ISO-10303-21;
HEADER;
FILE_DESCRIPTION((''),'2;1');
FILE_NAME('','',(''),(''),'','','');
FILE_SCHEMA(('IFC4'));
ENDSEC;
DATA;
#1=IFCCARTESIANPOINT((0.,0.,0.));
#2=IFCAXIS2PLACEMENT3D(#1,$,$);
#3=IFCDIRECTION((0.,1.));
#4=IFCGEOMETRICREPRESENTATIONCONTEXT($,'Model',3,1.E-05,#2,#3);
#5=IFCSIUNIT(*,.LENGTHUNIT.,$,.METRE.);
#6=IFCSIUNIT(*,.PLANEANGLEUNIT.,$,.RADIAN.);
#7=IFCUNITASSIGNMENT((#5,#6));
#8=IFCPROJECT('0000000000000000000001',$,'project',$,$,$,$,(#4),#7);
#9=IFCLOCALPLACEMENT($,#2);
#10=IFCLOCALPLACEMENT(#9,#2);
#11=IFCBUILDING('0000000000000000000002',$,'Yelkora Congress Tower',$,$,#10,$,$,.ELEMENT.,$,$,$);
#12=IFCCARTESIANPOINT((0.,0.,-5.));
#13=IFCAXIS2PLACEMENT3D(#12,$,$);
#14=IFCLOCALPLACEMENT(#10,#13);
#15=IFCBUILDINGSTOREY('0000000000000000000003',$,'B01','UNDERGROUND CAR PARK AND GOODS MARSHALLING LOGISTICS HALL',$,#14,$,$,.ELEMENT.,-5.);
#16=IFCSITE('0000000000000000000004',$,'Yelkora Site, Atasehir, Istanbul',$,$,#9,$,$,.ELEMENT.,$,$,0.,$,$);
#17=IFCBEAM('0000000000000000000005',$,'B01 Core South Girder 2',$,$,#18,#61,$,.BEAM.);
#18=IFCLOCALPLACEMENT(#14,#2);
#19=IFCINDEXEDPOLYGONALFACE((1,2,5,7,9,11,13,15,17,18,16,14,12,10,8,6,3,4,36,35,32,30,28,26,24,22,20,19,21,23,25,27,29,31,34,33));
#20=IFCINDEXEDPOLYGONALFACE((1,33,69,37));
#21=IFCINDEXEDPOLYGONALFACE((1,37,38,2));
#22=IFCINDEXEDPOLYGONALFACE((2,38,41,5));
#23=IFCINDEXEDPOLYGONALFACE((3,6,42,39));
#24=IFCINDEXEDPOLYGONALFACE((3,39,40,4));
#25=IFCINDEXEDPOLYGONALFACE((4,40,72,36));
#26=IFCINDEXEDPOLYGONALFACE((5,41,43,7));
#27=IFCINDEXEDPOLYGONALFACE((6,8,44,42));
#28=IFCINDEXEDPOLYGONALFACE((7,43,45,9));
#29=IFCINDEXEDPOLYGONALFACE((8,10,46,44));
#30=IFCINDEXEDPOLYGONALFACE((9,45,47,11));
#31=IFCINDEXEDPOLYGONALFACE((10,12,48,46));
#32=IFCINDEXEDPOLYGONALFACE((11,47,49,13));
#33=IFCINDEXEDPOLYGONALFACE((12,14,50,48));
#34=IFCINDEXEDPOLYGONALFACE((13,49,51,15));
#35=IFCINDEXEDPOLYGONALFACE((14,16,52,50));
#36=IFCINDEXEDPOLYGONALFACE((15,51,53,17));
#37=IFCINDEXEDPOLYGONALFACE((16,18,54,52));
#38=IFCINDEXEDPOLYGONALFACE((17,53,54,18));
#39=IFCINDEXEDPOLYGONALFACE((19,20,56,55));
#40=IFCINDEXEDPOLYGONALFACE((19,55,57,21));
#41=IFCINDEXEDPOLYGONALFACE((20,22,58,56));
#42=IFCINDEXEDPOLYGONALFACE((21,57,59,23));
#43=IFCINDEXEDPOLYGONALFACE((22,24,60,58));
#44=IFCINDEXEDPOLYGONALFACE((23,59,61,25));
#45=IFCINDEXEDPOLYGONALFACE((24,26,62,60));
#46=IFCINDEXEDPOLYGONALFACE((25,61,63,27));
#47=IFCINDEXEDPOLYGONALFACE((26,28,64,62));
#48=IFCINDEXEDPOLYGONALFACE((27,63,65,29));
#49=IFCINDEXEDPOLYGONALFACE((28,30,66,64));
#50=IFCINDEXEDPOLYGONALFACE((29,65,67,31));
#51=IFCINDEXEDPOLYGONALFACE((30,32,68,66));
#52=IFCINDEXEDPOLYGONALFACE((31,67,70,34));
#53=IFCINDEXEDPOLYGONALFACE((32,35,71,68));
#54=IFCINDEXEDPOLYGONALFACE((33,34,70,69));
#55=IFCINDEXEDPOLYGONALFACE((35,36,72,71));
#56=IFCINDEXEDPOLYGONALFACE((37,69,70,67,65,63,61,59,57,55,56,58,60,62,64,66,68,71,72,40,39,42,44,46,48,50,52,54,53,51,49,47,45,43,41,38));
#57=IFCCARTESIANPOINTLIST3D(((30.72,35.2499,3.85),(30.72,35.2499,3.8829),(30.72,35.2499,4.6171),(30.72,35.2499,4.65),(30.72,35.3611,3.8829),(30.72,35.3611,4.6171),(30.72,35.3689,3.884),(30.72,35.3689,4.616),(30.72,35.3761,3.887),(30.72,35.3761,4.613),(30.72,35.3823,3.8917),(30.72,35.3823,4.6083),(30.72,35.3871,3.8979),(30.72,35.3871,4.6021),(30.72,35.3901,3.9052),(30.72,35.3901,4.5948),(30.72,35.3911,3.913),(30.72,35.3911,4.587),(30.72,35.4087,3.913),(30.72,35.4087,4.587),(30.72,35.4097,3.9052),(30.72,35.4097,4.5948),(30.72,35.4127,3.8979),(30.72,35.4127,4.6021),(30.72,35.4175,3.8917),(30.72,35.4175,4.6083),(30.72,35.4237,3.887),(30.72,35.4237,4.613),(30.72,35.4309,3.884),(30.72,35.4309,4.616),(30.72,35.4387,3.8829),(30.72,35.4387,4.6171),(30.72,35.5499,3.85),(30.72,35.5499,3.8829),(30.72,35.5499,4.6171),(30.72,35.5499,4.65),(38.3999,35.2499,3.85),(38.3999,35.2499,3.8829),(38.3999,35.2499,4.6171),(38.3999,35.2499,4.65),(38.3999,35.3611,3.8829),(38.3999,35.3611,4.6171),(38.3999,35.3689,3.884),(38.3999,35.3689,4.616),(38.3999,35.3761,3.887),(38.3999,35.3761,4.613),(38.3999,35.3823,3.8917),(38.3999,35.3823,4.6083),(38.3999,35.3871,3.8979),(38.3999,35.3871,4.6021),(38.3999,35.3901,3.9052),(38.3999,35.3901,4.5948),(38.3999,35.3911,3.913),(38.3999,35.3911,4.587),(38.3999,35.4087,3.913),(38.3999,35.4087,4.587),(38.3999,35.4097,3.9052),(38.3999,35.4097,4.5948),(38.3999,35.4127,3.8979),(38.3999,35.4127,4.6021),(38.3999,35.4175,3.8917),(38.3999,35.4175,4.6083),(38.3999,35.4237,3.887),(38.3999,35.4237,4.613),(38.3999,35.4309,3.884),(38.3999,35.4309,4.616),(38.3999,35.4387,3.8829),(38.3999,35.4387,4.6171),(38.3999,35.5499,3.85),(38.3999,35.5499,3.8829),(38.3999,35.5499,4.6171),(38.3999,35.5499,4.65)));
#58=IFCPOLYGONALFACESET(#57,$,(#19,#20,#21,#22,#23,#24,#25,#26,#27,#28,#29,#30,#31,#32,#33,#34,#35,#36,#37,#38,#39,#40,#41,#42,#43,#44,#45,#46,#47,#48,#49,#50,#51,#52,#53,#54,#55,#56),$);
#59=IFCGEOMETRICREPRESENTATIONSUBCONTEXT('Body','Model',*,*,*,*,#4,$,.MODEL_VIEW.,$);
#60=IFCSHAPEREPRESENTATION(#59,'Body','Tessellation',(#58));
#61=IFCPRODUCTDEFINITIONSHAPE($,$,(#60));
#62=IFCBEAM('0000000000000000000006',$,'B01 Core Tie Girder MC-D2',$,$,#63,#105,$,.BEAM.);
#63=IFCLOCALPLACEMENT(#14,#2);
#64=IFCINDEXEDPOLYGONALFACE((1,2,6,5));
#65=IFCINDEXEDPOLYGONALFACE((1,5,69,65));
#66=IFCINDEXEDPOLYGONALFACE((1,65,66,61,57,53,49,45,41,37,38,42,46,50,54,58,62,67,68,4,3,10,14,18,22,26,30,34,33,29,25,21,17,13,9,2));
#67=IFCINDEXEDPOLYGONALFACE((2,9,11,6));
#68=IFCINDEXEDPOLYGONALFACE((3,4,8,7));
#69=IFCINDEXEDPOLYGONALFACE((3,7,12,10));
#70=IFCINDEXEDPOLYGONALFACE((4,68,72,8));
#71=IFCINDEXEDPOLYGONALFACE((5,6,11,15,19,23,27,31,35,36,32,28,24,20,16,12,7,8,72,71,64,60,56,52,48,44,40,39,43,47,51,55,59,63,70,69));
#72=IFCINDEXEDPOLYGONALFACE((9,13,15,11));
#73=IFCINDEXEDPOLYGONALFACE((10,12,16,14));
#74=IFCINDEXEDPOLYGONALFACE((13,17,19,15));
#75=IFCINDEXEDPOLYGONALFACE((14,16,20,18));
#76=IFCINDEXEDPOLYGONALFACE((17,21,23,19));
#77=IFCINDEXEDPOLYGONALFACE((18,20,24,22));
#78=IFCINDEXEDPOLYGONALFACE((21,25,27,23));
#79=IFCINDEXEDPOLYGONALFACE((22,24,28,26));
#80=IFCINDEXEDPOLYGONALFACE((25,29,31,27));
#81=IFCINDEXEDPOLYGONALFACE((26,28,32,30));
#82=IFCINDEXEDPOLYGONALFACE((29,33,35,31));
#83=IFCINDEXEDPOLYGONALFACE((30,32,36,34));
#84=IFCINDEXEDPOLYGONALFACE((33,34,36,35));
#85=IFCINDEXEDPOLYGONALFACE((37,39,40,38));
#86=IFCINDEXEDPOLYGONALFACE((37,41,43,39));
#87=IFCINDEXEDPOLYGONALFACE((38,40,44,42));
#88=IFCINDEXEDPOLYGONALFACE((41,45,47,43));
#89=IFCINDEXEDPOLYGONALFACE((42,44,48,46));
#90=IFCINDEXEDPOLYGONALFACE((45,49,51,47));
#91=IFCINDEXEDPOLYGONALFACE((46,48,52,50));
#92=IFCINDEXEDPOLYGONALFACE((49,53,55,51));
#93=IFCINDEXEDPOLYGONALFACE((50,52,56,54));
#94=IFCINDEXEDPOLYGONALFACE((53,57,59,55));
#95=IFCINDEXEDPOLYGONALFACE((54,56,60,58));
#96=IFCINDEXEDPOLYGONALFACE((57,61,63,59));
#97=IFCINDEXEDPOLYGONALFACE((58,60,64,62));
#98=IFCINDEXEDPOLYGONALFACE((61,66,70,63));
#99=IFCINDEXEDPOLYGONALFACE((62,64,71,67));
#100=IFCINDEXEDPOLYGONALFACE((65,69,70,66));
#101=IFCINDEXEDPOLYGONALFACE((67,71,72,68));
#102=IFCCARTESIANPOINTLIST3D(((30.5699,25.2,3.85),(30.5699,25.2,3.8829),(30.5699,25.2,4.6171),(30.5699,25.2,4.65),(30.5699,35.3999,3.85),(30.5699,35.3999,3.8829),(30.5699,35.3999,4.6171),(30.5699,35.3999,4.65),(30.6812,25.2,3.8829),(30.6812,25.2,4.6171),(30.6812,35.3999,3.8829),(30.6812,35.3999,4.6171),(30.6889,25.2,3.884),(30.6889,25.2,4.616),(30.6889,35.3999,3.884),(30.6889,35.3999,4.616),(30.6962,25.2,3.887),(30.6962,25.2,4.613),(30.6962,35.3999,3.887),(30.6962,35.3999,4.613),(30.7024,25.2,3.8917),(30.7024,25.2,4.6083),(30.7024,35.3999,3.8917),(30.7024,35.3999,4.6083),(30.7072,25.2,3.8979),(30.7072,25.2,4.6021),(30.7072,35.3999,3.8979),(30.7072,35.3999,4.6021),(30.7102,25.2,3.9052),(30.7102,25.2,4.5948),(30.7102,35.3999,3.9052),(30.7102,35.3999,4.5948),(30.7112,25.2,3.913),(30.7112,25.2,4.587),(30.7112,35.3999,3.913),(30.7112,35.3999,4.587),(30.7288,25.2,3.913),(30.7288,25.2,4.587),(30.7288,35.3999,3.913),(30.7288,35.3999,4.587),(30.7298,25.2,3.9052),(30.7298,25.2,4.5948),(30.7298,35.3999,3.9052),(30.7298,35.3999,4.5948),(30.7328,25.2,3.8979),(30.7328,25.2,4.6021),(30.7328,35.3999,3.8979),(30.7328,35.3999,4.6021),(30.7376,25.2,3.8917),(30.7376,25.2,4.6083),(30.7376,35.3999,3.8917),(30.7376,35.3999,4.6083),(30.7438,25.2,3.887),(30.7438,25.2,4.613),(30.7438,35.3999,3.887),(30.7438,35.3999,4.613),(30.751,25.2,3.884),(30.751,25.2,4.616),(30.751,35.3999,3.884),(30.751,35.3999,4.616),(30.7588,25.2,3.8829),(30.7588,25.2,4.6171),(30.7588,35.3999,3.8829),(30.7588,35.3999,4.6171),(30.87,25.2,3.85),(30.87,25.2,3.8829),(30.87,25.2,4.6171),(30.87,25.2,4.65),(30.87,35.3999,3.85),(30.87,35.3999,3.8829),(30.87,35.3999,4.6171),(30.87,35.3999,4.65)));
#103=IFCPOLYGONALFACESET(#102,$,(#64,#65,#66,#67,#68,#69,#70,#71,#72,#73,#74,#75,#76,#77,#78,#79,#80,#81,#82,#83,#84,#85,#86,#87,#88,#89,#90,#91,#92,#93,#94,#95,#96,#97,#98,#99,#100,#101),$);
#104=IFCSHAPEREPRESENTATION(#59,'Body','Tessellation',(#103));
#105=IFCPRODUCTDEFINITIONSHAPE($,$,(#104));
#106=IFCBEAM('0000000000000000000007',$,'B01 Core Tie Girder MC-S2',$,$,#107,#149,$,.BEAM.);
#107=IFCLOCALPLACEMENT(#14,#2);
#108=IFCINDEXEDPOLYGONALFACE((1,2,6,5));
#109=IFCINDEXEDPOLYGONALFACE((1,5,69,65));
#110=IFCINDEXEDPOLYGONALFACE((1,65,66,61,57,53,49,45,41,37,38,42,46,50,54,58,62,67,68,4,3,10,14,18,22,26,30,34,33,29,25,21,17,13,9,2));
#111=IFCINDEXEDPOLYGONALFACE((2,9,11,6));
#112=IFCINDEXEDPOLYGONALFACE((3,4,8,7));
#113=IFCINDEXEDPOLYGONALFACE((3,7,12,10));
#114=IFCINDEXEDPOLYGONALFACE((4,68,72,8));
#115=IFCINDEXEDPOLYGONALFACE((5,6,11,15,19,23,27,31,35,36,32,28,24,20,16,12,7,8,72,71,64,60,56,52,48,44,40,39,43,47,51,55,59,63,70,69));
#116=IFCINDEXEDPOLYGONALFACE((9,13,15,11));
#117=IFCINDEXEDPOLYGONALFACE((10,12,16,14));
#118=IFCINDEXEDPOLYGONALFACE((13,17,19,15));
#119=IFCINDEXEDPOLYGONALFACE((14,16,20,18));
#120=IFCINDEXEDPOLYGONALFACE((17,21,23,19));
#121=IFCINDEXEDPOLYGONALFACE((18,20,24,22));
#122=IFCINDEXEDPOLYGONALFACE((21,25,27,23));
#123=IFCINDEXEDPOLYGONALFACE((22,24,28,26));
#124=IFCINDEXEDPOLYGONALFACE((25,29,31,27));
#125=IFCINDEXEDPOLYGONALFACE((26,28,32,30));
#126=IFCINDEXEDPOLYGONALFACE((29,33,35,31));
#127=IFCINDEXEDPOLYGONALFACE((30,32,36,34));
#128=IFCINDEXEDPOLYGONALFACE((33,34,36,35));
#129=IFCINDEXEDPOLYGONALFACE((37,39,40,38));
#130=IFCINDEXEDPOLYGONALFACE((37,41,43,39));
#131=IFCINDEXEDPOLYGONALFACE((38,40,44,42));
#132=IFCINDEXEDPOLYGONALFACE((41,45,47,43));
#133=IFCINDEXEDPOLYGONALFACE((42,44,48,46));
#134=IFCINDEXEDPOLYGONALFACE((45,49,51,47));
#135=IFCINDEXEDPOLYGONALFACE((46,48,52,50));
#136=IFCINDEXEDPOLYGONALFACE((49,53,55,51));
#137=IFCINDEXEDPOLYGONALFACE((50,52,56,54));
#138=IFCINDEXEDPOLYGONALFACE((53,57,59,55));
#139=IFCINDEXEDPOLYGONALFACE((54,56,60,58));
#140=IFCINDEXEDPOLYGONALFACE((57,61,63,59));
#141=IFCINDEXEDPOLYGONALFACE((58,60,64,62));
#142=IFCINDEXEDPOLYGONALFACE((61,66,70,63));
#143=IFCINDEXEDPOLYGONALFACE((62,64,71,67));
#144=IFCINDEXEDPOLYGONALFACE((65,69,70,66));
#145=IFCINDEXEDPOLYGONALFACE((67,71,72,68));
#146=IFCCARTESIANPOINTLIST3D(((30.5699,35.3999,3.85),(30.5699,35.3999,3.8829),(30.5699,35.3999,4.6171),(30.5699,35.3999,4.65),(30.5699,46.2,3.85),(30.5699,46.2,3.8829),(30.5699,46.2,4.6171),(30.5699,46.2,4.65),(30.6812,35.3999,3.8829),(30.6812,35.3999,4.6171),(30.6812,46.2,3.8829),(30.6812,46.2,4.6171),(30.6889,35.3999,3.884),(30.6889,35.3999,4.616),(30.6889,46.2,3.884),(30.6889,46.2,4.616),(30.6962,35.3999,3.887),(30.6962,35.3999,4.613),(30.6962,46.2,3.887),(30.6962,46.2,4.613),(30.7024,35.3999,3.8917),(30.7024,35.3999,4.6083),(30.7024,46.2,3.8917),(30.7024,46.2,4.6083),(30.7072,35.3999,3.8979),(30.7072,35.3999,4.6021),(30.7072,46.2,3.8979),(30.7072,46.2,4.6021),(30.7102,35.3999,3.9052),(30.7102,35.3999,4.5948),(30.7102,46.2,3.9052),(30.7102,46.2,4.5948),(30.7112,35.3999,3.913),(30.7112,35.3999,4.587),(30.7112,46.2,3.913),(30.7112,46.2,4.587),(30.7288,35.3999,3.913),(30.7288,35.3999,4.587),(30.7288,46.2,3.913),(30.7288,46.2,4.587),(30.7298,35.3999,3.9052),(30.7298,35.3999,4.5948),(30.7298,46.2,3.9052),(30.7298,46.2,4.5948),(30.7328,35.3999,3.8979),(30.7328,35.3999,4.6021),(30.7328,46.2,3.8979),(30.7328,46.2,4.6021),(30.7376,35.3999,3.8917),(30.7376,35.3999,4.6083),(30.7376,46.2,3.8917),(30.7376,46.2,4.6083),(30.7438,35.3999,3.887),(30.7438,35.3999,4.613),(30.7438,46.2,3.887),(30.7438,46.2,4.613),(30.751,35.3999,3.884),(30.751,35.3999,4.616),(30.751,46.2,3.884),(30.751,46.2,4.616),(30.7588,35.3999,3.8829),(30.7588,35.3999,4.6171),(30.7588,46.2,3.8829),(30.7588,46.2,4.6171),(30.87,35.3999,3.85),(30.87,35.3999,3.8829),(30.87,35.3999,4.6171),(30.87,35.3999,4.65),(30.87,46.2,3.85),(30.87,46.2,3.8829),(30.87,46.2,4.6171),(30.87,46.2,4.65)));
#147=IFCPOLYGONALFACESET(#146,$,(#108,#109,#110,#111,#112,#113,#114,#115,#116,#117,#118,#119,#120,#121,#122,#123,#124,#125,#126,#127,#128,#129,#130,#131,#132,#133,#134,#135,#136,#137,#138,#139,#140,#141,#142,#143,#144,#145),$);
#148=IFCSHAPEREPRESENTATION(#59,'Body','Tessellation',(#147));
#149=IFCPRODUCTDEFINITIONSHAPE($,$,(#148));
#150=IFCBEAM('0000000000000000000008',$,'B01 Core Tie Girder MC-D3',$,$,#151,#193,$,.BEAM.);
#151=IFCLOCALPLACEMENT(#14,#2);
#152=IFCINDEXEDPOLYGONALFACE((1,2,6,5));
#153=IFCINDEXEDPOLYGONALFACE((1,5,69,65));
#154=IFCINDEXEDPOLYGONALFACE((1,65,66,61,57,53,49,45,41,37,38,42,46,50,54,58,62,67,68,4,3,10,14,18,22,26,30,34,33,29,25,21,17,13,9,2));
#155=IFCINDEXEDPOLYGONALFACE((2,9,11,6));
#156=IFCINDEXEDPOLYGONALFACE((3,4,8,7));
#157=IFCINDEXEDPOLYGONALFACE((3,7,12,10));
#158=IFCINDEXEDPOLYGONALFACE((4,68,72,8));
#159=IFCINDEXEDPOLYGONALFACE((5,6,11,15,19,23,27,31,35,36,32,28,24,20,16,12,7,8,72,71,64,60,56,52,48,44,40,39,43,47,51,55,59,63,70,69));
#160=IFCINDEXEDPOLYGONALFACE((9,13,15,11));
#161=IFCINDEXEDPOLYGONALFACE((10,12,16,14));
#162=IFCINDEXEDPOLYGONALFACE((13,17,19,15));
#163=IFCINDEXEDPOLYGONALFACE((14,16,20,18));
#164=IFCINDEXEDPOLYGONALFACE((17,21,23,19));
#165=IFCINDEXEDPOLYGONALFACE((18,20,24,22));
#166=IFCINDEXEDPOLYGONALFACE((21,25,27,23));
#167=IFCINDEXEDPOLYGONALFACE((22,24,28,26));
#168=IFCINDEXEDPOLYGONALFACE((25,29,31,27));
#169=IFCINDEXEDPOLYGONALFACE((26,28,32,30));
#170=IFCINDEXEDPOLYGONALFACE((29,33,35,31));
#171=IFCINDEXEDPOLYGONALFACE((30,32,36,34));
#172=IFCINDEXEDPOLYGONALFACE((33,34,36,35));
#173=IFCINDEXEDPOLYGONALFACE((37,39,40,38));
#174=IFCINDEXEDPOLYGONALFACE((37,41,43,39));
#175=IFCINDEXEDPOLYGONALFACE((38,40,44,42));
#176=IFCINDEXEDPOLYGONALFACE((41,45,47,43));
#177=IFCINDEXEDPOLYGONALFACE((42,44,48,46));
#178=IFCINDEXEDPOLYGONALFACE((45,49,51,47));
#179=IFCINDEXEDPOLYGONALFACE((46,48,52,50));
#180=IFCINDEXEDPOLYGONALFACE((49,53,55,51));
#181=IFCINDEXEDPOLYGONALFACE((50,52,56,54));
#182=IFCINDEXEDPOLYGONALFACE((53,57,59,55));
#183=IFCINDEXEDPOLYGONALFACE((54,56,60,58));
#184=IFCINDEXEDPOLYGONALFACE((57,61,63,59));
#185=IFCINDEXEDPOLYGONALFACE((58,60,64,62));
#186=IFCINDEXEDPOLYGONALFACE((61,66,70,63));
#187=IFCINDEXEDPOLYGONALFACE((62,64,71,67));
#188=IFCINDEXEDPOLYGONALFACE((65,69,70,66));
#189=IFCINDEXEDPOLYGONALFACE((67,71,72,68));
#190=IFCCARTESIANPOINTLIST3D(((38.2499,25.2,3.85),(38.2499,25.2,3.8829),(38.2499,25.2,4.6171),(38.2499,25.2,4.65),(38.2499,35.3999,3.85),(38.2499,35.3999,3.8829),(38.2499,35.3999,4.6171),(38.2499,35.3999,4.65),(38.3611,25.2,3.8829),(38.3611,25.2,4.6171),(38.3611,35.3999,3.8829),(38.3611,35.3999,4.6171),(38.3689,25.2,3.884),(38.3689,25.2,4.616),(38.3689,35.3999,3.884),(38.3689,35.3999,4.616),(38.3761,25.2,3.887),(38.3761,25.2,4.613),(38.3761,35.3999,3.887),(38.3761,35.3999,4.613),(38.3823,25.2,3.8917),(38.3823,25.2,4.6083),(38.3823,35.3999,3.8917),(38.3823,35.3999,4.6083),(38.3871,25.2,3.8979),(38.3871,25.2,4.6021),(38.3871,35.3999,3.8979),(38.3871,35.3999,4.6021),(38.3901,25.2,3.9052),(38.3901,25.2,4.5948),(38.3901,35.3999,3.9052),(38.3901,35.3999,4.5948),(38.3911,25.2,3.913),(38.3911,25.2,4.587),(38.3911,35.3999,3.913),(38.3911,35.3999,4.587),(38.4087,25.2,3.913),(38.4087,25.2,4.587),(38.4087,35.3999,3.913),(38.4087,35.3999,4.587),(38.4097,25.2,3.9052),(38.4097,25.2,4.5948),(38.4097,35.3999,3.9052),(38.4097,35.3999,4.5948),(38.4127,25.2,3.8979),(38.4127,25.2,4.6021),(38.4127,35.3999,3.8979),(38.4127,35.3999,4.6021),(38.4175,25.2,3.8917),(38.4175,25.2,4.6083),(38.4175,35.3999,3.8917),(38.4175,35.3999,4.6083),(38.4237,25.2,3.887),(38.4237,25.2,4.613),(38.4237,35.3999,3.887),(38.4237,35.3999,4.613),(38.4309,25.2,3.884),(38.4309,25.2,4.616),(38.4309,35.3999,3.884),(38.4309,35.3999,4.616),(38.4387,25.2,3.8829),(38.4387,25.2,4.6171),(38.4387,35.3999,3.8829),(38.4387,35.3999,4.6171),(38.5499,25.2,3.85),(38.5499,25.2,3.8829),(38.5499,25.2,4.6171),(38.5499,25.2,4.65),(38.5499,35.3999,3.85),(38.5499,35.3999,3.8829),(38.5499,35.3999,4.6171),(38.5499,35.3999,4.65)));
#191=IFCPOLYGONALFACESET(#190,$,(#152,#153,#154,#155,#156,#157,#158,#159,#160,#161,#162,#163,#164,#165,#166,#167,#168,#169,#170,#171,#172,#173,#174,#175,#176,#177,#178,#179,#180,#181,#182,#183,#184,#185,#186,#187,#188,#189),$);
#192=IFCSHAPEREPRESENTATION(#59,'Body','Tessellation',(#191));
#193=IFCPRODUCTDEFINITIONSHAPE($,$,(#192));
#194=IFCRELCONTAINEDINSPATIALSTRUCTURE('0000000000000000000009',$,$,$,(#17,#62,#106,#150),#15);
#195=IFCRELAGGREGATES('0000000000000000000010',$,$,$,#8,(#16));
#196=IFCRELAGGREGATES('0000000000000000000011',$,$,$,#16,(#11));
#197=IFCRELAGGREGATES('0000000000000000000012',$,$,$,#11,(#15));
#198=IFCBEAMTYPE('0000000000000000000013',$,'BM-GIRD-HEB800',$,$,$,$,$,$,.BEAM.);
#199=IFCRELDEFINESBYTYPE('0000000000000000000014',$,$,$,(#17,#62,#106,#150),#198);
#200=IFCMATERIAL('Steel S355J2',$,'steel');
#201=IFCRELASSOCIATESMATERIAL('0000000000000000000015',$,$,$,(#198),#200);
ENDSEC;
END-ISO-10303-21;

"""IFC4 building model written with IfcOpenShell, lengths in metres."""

from ifc_helpers import new_model, si_unit, direction, frame, origin, origin_2d, place, context, subcontext, project, spatial, i_section, extrude, material, material_profile, profile_set, type_object, element, save


model = new_model("IFC4")

# Units and contexts
model_context = context("Model", 3, precision=1e-05, world=origin(), true_north=direction((0.0, 1.0)))
body_context = subcontext(model_context, "Body", "Model", "MODEL_VIEW")
ifc_project = project(units=[si_unit("LENGTHUNIT", "METRE"), si_unit("PLANEANGLEUNIT", "RADIAN")], contexts=[model_context])

# Site, building, storey
site_placement = place(None, origin())
site = spatial("IfcSite", under=ifc_project, at=site_placement, Name="Yelkora Site, Atasehir, Istanbul", CompositionType="ELEMENT", RefElevation=0.0)
building_placement = place(site_placement, origin())
building = spatial("IfcBuilding", under=site, at=building_placement, Name="Yelkora Congress Tower", CompositionType="ELEMENT")
storey_placement = place(building_placement, frame((0.0, 0.0, -5.0)))
storey = spatial("IfcBuildingStorey", under=building, at=storey_placement, Name="B01", Description="UNDERGROUND CAR PARK AND GOODS MARSHALLING LOGISTICS HALL", CompositionType="ELEMENT", Elevation=-5.0)

# Beams
ifc_material_1 = material(Name="Steel S355J2", Category="steel")
ifc_material_profile_1 = material_profile(ifc_material_1, i_section(OverallWidth=0.3, OverallDepth=0.8, WebThickness=0.0176, FlangeThickness=0.033, FilletRadius=0.03, at=origin_2d()), Name="HEB 800")
ifc_profile_set_1 = profile_set([ifc_material_profile_1], Name="Steel S355J2")
beam_type_1 = type_object("IfcBeamType", Name="BM-GIRD-HEB800", PredefinedType="BEAM", material=ifc_profile_set_1)
for number, where, z_axis, x_axis, name in (
    (1, (30.72, 35.3999, 4.25), (1.0, 0.0, 0.0), (0.0, 1.0, 0.0), "B01 Core South Girder 2"),
):
    element("IfcBeam", number, at=place(storey_placement, frame(where, z_axis=z_axis, x_axis=x_axis)), inside=storey, type_object=beam_type_1, Name=name, PredefinedType="BEAM", context=body_context, shape_type="SweptSolid", body=[
        extrude(i_section(OverallWidth=0.3, OverallDepth=0.8, WebThickness=0.0176, FlangeThickness=0.033, FilletRadius=0.03, at=origin_2d()), origin(), (0.0, 0.0, 1.0), 7.6799),
    ])
beam_1_placement = place(storey_placement, frame((30.72, 25.2, 4.25), z_axis=(0.0, 1.0, 0.0), x_axis=(-1.0, 0.0, 0.0)))
element("IfcBeam", 2, at=beam_1_placement, inside=storey, type_object=beam_type_1, Name="B01 Core Tie Girder MC-D2", PredefinedType="BEAM", context=body_context, shape_type="SweptSolid", body=[
    extrude(i_section(OverallWidth=0.3, OverallDepth=0.8, WebThickness=0.0176, FlangeThickness=0.033, FilletRadius=0.03, at=origin_2d()), origin(), (0.0, 0.0, 1.0), 10.2),
])
beam_2_placement = place(storey_placement, frame((30.72, 35.3999, 4.25), z_axis=(0.0, 1.0, 0.0), x_axis=(-1.0, 0.0, 0.0)))
element("IfcBeam", 3, at=beam_2_placement, inside=storey, type_object=beam_type_1, Name="B01 Core Tie Girder MC-S2", PredefinedType="BEAM", context=body_context, shape_type="SweptSolid", body=[
    extrude(i_section(OverallWidth=0.3, OverallDepth=0.8, WebThickness=0.0176, FlangeThickness=0.033, FilletRadius=0.03, at=origin_2d()), origin(), (0.0, 0.0, 1.0), 10.8),
])
for number, where, z_axis, x_axis, name in (
    (4, (38.3999, 25.2, 4.25), (0.0, 1.0, 0.0), (-1.0, 0.0, 0.0), "B01 Core Tie Girder MC-D3"),
):
    element("IfcBeam", number, at=place(storey_placement, frame(where, z_axis=z_axis, x_axis=x_axis)), inside=storey, type_object=beam_type_1, Name=name, PredefinedType="BEAM", context=body_context, shape_type="SweptSolid", body=[
        extrude(i_section(OverallWidth=0.3, OverallDepth=0.8, WebThickness=0.0176, FlangeThickness=0.033, FilletRadius=0.03, at=origin_2d()), origin(), (0.0, 0.0, 1.0), 10.2),
    ])

save(model, "model.ifc")
